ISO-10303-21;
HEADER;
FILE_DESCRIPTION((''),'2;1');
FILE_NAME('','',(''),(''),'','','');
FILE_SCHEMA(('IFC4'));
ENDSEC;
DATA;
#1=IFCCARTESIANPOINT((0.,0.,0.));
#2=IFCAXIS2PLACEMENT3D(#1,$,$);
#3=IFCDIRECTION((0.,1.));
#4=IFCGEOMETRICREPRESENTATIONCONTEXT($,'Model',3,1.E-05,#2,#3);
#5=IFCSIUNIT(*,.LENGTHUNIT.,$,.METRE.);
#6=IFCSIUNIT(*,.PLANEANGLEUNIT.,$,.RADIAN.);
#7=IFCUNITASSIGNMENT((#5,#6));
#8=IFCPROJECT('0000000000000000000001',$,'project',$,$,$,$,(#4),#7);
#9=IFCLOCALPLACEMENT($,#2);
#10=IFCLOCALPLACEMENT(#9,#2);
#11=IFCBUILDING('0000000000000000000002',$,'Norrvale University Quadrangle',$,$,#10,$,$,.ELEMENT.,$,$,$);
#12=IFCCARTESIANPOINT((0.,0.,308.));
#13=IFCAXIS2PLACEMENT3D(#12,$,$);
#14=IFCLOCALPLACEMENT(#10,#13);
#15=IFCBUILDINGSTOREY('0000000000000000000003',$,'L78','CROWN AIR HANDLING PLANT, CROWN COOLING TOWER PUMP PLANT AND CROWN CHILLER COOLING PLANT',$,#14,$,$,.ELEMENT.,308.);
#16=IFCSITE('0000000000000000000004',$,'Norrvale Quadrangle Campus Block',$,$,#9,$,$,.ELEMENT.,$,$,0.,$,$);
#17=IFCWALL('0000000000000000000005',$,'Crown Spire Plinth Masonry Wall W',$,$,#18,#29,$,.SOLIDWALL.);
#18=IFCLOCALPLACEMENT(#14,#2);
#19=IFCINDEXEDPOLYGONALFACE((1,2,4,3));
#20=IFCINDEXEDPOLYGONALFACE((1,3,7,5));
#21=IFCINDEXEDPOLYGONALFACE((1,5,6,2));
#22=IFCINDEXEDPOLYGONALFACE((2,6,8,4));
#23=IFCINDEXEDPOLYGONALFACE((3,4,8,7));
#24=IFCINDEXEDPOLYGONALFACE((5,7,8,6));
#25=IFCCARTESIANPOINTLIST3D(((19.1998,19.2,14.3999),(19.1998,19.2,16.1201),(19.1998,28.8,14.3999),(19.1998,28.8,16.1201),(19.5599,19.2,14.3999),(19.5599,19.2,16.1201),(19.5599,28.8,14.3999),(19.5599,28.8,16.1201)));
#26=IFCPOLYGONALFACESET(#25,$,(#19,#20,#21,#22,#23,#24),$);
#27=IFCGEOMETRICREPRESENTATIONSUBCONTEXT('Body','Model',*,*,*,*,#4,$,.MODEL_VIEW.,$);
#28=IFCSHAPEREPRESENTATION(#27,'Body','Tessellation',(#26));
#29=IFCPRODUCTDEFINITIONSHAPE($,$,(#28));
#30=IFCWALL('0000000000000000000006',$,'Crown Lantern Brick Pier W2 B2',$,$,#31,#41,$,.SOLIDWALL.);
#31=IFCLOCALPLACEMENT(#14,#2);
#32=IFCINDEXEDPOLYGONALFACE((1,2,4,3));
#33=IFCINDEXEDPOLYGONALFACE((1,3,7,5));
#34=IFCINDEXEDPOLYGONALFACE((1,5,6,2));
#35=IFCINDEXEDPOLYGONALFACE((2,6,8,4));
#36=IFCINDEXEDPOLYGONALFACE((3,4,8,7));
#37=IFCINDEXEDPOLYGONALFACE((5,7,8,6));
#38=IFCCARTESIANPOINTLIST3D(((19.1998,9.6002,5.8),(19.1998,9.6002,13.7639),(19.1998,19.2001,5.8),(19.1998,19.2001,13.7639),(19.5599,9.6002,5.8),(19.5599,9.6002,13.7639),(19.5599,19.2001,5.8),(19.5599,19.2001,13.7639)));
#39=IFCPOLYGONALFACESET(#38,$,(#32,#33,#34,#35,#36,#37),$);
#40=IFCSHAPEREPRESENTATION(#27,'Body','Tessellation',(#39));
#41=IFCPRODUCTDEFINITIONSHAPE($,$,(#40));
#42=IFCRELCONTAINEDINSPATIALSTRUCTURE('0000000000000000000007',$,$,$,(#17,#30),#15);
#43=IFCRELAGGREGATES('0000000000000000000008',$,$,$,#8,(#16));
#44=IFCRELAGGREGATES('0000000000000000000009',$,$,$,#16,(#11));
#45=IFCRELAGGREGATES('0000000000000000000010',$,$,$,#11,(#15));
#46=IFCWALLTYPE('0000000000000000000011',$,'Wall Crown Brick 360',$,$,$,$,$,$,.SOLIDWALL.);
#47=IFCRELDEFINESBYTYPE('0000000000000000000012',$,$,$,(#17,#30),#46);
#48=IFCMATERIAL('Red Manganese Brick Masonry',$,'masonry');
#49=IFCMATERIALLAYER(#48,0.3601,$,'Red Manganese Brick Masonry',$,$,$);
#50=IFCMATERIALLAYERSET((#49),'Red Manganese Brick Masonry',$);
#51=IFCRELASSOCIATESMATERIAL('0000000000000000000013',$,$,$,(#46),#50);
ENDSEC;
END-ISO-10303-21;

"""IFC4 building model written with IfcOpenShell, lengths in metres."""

from ifc_helpers import new_model, si_unit, direction, frame, frame_2d, origin, place, context, subcontext, project, spatial, rectangle, extrude, material, layer, layer_set, type_object, element, save


model = new_model("IFC4")

# Units and contexts
model_context = context("Model", 3, precision=1e-05, world=origin(), true_north=direction((0.0, 1.0)))
body_context = subcontext(model_context, "Body", "Model", "MODEL_VIEW")
ifc_project = project(units=[si_unit("LENGTHUNIT", "METRE"), si_unit("PLANEANGLEUNIT", "RADIAN")], contexts=[model_context])

# Site, building, storey
site_placement = place(None, origin())
site = spatial("IfcSite", under=ifc_project, at=site_placement, Name="Norrvale Quadrangle Campus Block", CompositionType="ELEMENT", RefElevation=0.0)
building_placement = place(site_placement, origin())
building = spatial("IfcBuilding", under=site, at=building_placement, Name="Norrvale University Quadrangle", CompositionType="ELEMENT")
storey_placement = place(building_placement, frame((0.0, 0.0, 308.0)))
storey = spatial("IfcBuildingStorey", under=building, at=storey_placement, Name="L78", Description="CROWN AIR HANDLING PLANT, CROWN COOLING TOWER PUMP PLANT AND CROWN CHILLER COOLING PLANT", CompositionType="ELEMENT", Elevation=308.0)

# Walls
ifc_material_1 = material(Name="Red Manganese Brick Masonry", Category="masonry")
ifc_layer_1 = layer(ifc_material_1, 0.3601, Name="Red Manganese Brick Masonry")
ifc_layer_set_1 = layer_set([ifc_layer_1], Name="Red Manganese Brick Masonry")
wall_type = type_object("IfcWallType", Name="Wall Crown Brick 360", PredefinedType="SOLIDWALL", material=ifc_layer_set_1)
for number, where, z_axis, x_axis, name in (
    (1, (19.3799, 28.8, 14.3999), (0.0, 0.0, 1.0), (0.0, -1.0, 0.0), "Crown Spire Plinth Masonry Wall W"),
):
    element("IfcWall", number, at=place(storey_placement, frame(where, z_axis=z_axis, x_axis=x_axis)), inside=storey, type_object=wall_type, Name=name, PredefinedType="SOLIDWALL", context=body_context, shape_type="SweptSolid", body=[
        extrude(rectangle(XDim=9.6001, YDim=0.3601, at=frame_2d((4.8, 0.0))), origin(), (0.0, 0.0, 1.0), 1.7202),
    ])
wall_placement = place(storey_placement, frame((19.3799, 19.2, 5.8), z_axis=(0.0, 0.0, 1.0), x_axis=(0.0, -1.0, 0.0)))
element("IfcWall", 2, at=wall_placement, inside=storey, type_object=wall_type, Name="Crown Lantern Brick Pier W2 B2", PredefinedType="SOLIDWALL", context=body_context, shape_type="SweptSolid", body=[
    extrude(rectangle(XDim=9.5999, YDim=0.3601, at=frame_2d((4.7998, 0.0))), origin(), (0.0, 0.0, 1.0), 7.9639),
])

save(model, "model.ifc")
